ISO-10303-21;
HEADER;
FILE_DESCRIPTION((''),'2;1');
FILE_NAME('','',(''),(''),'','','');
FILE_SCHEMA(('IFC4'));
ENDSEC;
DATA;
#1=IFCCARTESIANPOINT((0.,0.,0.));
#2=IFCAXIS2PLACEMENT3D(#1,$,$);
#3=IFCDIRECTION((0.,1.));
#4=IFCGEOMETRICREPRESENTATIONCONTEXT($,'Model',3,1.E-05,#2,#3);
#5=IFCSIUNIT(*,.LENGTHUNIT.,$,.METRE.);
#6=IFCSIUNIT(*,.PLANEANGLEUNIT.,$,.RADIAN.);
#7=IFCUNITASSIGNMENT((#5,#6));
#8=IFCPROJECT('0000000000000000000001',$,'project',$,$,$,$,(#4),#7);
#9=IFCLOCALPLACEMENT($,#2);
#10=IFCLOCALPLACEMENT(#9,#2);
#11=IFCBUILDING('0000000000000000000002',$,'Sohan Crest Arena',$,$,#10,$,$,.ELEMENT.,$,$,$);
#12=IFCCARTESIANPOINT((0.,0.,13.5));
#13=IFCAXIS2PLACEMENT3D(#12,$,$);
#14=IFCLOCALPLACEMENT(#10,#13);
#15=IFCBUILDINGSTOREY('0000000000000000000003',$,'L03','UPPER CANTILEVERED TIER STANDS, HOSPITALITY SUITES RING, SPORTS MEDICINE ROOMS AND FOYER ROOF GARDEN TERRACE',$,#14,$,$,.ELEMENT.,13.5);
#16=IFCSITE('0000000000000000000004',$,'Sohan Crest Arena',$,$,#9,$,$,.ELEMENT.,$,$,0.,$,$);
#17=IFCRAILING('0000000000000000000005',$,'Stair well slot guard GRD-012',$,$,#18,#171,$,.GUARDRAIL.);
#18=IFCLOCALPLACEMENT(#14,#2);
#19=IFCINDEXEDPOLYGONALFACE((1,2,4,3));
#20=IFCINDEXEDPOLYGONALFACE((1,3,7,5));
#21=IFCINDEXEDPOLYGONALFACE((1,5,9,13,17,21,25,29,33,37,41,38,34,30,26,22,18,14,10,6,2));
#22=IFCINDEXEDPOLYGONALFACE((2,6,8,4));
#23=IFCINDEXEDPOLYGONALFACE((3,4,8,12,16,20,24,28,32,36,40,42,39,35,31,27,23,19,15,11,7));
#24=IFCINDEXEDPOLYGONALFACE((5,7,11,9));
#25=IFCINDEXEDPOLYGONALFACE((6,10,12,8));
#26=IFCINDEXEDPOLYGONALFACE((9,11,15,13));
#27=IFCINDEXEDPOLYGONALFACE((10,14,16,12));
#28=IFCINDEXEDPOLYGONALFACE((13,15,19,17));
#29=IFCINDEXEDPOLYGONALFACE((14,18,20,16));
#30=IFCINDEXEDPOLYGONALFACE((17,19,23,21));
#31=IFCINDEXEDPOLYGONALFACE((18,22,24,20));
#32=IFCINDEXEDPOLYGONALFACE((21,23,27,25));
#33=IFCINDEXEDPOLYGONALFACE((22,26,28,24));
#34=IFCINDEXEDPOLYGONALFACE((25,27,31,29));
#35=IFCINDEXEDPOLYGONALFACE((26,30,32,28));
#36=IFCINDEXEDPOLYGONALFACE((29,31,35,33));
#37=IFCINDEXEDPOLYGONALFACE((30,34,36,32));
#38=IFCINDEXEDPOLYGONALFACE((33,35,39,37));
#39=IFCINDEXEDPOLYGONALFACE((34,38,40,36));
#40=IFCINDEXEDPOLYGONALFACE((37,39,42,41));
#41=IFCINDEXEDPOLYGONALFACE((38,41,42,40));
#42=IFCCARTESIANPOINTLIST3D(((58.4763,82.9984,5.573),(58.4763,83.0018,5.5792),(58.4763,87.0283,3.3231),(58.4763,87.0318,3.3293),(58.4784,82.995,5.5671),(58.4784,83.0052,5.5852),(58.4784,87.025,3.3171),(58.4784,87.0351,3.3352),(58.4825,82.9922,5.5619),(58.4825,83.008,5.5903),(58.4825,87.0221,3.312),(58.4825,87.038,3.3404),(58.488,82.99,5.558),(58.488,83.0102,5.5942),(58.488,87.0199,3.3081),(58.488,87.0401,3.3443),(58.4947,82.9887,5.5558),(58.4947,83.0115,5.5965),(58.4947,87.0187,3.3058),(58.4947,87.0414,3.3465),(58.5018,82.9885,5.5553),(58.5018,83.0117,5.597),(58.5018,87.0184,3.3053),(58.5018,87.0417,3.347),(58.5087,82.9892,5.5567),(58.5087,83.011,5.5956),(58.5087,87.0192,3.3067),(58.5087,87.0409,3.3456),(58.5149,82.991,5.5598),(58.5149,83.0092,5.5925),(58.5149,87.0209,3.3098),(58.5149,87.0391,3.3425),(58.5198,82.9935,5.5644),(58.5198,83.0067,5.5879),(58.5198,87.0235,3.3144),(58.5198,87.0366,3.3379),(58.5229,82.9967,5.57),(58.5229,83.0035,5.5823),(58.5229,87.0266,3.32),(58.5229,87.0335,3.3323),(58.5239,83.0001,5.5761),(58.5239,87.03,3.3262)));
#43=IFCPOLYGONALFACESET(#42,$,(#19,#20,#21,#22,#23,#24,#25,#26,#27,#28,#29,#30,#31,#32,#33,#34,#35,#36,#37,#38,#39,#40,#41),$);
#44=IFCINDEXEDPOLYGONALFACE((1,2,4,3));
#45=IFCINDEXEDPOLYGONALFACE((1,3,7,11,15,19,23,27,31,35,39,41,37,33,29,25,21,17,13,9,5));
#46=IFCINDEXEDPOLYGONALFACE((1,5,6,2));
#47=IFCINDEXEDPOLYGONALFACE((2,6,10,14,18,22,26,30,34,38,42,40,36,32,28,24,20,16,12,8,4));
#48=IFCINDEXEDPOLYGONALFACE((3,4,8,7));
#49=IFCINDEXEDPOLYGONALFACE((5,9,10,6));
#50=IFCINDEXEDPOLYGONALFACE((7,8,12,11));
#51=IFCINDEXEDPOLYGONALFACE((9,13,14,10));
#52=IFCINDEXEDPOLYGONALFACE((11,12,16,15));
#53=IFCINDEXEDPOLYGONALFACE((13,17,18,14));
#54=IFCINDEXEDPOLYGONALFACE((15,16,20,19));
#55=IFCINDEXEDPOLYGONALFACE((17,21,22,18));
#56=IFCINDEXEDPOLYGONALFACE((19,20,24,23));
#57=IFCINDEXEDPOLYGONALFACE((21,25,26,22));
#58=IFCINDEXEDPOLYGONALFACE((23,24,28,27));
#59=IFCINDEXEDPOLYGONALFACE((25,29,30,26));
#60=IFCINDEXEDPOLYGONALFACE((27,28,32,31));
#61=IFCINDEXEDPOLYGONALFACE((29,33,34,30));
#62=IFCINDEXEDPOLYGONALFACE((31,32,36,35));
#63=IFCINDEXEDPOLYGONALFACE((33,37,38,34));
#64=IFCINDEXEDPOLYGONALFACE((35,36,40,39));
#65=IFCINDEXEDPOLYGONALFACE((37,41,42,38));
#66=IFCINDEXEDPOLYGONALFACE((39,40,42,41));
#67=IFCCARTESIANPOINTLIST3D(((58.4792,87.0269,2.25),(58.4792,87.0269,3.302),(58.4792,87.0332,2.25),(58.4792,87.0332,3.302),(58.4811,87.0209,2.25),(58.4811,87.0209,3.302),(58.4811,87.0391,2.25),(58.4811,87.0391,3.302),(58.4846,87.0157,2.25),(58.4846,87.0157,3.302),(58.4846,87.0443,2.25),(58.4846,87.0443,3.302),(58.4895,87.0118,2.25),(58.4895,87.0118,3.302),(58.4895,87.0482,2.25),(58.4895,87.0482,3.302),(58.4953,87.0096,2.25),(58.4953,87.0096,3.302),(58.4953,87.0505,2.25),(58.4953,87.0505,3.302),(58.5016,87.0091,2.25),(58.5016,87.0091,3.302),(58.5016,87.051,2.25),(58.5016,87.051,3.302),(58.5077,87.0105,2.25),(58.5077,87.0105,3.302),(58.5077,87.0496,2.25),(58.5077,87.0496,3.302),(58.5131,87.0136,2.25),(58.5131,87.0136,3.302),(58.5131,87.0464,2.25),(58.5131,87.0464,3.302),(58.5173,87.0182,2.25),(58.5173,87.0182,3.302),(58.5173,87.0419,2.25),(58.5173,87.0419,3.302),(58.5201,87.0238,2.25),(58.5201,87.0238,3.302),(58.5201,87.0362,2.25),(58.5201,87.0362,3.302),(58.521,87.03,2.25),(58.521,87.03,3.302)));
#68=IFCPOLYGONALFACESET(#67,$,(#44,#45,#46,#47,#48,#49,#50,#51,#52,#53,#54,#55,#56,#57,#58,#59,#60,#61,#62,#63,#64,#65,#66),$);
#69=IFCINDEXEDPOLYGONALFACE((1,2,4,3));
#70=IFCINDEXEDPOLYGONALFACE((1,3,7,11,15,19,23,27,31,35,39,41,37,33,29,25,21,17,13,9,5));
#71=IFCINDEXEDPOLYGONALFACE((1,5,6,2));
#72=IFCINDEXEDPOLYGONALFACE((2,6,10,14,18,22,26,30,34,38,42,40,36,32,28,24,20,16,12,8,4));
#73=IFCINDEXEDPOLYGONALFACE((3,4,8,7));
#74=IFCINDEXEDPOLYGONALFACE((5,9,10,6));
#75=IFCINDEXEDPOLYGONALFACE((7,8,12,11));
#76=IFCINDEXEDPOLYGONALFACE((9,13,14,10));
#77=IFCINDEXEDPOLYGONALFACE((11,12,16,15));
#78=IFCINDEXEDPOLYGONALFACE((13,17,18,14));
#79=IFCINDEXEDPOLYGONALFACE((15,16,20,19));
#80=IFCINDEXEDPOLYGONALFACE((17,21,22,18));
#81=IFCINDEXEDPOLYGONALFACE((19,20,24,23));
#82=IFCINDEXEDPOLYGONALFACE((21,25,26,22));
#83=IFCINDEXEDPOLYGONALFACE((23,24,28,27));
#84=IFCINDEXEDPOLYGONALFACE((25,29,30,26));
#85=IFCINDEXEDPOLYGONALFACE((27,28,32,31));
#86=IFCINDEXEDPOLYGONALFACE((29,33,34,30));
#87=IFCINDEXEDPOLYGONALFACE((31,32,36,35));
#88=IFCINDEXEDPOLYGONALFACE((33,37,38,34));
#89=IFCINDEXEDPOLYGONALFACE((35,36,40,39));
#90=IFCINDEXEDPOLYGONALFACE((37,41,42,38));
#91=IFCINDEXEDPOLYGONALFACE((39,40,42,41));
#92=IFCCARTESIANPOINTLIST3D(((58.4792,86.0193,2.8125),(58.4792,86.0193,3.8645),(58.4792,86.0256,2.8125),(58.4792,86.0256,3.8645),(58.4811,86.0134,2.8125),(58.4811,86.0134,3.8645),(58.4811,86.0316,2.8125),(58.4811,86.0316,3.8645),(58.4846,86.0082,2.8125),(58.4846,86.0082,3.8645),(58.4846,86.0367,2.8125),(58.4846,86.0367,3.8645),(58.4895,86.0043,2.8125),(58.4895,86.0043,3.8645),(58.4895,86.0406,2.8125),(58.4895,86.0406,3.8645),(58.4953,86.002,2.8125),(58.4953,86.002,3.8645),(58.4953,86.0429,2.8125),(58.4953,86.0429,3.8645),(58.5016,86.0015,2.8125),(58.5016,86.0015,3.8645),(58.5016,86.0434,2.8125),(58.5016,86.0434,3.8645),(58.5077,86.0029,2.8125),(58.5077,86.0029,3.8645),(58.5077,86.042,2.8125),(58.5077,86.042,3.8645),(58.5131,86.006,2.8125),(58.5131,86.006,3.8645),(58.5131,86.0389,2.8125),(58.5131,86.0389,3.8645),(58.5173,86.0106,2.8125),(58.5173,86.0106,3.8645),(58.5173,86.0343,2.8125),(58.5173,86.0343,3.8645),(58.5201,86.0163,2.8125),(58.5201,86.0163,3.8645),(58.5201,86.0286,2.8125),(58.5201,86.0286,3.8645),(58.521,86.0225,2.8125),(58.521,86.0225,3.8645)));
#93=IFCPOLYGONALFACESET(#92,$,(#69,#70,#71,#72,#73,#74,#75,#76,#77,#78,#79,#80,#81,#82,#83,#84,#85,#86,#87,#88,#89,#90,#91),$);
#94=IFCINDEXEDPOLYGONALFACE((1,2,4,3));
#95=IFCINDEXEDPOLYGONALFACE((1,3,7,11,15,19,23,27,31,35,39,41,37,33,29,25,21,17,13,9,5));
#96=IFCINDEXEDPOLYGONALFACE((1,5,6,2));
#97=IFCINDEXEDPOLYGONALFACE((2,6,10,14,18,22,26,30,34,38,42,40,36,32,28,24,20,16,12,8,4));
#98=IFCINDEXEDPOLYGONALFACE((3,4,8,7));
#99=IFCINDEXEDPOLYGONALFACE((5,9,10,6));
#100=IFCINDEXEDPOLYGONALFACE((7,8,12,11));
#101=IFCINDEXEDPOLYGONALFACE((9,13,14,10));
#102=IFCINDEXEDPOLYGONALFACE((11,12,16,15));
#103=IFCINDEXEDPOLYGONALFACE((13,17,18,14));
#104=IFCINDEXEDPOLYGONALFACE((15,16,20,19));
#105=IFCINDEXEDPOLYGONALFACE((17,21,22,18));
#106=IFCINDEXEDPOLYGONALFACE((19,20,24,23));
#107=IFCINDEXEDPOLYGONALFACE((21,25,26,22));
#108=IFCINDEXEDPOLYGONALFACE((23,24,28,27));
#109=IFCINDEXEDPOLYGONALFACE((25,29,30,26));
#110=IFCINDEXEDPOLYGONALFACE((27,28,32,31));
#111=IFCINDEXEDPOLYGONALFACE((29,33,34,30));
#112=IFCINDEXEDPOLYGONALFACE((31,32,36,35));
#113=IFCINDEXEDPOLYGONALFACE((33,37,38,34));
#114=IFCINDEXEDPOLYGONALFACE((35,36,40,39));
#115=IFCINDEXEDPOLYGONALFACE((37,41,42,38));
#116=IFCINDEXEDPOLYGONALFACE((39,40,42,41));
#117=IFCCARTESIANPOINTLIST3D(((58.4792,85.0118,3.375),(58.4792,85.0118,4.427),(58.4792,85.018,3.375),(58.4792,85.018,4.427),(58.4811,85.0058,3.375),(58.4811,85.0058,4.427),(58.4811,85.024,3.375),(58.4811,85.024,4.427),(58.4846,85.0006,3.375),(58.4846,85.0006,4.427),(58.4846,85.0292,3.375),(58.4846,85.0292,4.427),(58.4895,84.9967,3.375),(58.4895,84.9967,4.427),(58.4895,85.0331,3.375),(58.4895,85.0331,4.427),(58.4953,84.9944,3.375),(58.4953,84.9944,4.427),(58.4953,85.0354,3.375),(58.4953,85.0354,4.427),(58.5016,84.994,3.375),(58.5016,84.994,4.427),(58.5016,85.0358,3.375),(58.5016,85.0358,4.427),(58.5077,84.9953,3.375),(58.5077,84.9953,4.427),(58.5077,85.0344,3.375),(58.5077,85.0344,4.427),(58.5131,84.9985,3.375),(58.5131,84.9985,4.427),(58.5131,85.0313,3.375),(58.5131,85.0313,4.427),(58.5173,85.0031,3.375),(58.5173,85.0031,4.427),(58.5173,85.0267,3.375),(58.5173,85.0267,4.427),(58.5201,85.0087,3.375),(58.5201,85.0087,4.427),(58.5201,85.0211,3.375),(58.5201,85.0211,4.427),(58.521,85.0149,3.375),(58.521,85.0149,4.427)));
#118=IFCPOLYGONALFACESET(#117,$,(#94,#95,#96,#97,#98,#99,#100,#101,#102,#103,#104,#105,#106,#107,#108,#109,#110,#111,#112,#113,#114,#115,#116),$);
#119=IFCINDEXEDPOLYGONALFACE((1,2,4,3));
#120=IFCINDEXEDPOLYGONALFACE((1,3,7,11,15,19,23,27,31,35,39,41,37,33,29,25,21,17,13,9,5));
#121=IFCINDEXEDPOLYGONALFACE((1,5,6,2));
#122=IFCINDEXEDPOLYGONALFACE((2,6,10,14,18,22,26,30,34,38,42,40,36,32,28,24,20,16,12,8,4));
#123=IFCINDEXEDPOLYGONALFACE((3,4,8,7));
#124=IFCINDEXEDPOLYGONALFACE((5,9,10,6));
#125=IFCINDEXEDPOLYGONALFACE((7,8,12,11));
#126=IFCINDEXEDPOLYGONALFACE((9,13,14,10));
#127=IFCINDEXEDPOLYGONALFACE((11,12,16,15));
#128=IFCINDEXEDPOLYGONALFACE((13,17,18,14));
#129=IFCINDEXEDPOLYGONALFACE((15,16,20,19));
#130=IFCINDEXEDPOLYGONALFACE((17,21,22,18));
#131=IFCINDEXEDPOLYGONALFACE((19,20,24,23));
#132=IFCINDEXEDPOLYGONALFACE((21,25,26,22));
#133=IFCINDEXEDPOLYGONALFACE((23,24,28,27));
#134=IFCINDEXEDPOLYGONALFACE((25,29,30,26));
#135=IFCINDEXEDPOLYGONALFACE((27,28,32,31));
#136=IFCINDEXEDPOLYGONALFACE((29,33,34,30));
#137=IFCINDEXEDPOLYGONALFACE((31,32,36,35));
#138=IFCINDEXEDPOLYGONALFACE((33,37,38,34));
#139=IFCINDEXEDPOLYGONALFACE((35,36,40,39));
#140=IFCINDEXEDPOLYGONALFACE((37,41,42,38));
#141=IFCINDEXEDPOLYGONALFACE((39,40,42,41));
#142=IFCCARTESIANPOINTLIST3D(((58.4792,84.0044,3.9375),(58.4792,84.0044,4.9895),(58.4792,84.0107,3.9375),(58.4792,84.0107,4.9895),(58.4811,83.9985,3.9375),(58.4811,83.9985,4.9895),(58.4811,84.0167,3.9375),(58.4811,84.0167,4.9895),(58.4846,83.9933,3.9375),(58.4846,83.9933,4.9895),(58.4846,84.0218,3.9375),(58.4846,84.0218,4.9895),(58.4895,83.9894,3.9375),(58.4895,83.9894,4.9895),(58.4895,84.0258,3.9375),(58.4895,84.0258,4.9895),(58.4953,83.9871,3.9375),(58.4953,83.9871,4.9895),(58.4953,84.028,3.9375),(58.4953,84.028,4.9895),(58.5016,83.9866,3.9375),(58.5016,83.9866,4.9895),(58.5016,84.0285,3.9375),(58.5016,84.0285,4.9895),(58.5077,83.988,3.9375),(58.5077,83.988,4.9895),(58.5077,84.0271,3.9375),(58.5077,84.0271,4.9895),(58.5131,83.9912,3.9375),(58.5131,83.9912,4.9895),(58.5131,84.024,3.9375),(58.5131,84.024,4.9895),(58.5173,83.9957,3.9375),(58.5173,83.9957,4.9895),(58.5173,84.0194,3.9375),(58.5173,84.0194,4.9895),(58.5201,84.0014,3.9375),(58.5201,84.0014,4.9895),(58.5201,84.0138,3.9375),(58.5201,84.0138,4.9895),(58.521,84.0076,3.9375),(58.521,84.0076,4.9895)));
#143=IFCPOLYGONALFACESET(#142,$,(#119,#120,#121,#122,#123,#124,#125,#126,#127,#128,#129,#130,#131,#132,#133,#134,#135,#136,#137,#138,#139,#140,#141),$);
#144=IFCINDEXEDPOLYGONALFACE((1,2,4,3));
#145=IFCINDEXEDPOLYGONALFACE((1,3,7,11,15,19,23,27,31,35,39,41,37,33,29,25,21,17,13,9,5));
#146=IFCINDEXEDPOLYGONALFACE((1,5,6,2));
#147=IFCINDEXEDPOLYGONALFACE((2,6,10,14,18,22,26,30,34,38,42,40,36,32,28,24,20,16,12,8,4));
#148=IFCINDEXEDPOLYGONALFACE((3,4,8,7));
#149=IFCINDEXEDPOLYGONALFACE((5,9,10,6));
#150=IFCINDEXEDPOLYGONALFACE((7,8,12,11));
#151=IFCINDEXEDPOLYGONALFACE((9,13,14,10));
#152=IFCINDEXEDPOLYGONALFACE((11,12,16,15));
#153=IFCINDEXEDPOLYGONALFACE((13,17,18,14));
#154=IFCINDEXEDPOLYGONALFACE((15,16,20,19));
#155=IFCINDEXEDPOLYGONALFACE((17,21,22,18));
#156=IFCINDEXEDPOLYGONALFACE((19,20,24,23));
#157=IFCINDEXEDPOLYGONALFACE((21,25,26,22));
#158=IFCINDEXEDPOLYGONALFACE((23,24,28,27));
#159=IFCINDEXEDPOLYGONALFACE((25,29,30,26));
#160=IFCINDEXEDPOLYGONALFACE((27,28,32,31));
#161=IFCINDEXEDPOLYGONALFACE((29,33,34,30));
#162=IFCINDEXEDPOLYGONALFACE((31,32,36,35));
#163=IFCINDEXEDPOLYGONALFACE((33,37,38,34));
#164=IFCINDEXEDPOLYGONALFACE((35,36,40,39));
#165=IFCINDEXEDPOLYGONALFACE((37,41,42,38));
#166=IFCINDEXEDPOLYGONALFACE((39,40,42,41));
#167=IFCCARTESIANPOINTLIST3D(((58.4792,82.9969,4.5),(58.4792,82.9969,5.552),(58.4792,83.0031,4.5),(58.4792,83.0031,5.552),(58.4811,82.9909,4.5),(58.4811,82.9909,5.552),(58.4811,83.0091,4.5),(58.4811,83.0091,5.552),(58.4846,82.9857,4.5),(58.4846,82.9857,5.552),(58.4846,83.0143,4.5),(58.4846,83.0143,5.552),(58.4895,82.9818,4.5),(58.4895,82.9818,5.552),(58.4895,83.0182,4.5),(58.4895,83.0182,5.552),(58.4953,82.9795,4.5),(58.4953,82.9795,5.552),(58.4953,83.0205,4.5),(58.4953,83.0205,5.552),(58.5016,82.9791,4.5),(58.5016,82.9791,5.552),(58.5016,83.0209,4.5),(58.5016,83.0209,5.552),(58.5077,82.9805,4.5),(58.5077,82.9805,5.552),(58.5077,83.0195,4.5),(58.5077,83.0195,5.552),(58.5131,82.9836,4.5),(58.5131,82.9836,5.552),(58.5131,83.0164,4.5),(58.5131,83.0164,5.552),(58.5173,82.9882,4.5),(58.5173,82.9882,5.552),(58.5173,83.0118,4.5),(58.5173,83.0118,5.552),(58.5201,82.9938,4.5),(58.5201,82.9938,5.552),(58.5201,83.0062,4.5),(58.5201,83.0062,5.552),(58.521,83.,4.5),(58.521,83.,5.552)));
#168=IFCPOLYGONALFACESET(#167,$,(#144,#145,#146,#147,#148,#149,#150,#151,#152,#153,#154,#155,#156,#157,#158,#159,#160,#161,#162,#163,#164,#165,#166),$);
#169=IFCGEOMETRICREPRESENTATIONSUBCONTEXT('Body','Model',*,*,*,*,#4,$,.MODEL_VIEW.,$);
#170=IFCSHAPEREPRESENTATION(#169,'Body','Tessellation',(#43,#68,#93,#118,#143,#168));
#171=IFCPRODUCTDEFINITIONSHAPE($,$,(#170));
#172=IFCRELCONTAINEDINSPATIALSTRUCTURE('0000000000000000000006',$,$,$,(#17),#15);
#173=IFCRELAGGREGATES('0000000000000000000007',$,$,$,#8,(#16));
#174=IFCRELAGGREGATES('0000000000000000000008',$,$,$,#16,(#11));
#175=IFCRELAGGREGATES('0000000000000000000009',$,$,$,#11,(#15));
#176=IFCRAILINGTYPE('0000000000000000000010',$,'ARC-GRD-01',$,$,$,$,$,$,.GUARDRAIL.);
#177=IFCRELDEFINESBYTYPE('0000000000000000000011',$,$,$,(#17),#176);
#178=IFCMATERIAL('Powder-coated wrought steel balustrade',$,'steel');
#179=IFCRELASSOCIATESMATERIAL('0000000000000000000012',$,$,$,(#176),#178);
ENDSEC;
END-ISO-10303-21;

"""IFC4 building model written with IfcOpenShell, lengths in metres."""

from ifc_helpers import new_model, si_unit, direction, frame, origin, origin_2d, place, context, subcontext, project, spatial, circle, extrude, material, type_object, element, save


model = new_model("IFC4")

# Units and contexts
model_context = context("Model", 3, precision=1e-05, world=origin(), true_north=direction((0.0, 1.0)))
body_context = subcontext(model_context, "Body", "Model", "MODEL_VIEW")
ifc_project = project(units=[si_unit("LENGTHUNIT", "METRE"), si_unit("PLANEANGLEUNIT", "RADIAN")], contexts=[model_context])

# Site, building, storey
site_placement = place(None, origin())
site = spatial("IfcSite", under=ifc_project, at=site_placement, Name="Sohan Crest Arena", CompositionType="ELEMENT", RefElevation=0.0)
building_placement = place(site_placement, origin())
building = spatial("IfcBuilding", under=site, at=building_placement, Name="Sohan Crest Arena", CompositionType="ELEMENT")
storey_placement = place(building_placement, frame((0.0, 0.0, 13.5)))
storey = spatial("IfcBuildingStorey", under=building, at=storey_placement, Name="L03", Description="UPPER CANTILEVERED TIER STANDS, HOSPITALITY SUITES RING, SPORTS MEDICINE ROOMS AND FOYER ROOF GARDEN TERRACE", CompositionType="ELEMENT", Elevation=13.5)

# Railing
ifc_material_1 = material(Name="Powder-coated wrought steel balustrade", Category="steel")
railing_type_1 = type_object("IfcRailingType", Name="ARC-GRD-01", PredefinedType="GUARDRAIL", material=ifc_material_1)
for number, where, name in (
    (1, (58.5, 87.03, 2.25), "Stair well slot guard GRD-012"),
):
    element("IfcRailing", number, at=place(storey_placement, frame(where)), inside=storey, type_object=railing_type_1, Name=name, PredefinedType="GUARDRAIL", context=body_context, shape_type="SweptSolid", body=[
        extrude(circle(Radius=0.0239, at=origin_2d()), frame((0.0, 0.0, 1.0762), z_axis=(0.0, -0.873135, 0.487479), x_axis=(1.0, 0.0, 0.0)), (0.0, 0.0, 1.0), 4.6155),
        extrude(circle(Radius=0.021, at=origin_2d()), origin(), (0.0, 0.0, 1.0), 1.052),
        extrude(circle(Radius=0.021, at=origin_2d()), frame((0.0, -1.0076, 0.5625)), (0.0, 0.0, 1.0), 1.052),
        extrude(circle(Radius=0.021, at=origin_2d()), frame((0.0, -2.0151, 1.125)), (0.0, 0.0, 1.0), 1.052),
        extrude(circle(Radius=0.021, at=origin_2d()), frame((0.0, -3.0225, 1.6875)), (0.0, 0.0, 1.0), 1.052),
        extrude(circle(Radius=0.021, at=origin_2d()), frame((0.0, -4.03, 2.25)), (0.0, 0.0, 1.0), 1.052),
    ])

save(model, "model.ifc")
